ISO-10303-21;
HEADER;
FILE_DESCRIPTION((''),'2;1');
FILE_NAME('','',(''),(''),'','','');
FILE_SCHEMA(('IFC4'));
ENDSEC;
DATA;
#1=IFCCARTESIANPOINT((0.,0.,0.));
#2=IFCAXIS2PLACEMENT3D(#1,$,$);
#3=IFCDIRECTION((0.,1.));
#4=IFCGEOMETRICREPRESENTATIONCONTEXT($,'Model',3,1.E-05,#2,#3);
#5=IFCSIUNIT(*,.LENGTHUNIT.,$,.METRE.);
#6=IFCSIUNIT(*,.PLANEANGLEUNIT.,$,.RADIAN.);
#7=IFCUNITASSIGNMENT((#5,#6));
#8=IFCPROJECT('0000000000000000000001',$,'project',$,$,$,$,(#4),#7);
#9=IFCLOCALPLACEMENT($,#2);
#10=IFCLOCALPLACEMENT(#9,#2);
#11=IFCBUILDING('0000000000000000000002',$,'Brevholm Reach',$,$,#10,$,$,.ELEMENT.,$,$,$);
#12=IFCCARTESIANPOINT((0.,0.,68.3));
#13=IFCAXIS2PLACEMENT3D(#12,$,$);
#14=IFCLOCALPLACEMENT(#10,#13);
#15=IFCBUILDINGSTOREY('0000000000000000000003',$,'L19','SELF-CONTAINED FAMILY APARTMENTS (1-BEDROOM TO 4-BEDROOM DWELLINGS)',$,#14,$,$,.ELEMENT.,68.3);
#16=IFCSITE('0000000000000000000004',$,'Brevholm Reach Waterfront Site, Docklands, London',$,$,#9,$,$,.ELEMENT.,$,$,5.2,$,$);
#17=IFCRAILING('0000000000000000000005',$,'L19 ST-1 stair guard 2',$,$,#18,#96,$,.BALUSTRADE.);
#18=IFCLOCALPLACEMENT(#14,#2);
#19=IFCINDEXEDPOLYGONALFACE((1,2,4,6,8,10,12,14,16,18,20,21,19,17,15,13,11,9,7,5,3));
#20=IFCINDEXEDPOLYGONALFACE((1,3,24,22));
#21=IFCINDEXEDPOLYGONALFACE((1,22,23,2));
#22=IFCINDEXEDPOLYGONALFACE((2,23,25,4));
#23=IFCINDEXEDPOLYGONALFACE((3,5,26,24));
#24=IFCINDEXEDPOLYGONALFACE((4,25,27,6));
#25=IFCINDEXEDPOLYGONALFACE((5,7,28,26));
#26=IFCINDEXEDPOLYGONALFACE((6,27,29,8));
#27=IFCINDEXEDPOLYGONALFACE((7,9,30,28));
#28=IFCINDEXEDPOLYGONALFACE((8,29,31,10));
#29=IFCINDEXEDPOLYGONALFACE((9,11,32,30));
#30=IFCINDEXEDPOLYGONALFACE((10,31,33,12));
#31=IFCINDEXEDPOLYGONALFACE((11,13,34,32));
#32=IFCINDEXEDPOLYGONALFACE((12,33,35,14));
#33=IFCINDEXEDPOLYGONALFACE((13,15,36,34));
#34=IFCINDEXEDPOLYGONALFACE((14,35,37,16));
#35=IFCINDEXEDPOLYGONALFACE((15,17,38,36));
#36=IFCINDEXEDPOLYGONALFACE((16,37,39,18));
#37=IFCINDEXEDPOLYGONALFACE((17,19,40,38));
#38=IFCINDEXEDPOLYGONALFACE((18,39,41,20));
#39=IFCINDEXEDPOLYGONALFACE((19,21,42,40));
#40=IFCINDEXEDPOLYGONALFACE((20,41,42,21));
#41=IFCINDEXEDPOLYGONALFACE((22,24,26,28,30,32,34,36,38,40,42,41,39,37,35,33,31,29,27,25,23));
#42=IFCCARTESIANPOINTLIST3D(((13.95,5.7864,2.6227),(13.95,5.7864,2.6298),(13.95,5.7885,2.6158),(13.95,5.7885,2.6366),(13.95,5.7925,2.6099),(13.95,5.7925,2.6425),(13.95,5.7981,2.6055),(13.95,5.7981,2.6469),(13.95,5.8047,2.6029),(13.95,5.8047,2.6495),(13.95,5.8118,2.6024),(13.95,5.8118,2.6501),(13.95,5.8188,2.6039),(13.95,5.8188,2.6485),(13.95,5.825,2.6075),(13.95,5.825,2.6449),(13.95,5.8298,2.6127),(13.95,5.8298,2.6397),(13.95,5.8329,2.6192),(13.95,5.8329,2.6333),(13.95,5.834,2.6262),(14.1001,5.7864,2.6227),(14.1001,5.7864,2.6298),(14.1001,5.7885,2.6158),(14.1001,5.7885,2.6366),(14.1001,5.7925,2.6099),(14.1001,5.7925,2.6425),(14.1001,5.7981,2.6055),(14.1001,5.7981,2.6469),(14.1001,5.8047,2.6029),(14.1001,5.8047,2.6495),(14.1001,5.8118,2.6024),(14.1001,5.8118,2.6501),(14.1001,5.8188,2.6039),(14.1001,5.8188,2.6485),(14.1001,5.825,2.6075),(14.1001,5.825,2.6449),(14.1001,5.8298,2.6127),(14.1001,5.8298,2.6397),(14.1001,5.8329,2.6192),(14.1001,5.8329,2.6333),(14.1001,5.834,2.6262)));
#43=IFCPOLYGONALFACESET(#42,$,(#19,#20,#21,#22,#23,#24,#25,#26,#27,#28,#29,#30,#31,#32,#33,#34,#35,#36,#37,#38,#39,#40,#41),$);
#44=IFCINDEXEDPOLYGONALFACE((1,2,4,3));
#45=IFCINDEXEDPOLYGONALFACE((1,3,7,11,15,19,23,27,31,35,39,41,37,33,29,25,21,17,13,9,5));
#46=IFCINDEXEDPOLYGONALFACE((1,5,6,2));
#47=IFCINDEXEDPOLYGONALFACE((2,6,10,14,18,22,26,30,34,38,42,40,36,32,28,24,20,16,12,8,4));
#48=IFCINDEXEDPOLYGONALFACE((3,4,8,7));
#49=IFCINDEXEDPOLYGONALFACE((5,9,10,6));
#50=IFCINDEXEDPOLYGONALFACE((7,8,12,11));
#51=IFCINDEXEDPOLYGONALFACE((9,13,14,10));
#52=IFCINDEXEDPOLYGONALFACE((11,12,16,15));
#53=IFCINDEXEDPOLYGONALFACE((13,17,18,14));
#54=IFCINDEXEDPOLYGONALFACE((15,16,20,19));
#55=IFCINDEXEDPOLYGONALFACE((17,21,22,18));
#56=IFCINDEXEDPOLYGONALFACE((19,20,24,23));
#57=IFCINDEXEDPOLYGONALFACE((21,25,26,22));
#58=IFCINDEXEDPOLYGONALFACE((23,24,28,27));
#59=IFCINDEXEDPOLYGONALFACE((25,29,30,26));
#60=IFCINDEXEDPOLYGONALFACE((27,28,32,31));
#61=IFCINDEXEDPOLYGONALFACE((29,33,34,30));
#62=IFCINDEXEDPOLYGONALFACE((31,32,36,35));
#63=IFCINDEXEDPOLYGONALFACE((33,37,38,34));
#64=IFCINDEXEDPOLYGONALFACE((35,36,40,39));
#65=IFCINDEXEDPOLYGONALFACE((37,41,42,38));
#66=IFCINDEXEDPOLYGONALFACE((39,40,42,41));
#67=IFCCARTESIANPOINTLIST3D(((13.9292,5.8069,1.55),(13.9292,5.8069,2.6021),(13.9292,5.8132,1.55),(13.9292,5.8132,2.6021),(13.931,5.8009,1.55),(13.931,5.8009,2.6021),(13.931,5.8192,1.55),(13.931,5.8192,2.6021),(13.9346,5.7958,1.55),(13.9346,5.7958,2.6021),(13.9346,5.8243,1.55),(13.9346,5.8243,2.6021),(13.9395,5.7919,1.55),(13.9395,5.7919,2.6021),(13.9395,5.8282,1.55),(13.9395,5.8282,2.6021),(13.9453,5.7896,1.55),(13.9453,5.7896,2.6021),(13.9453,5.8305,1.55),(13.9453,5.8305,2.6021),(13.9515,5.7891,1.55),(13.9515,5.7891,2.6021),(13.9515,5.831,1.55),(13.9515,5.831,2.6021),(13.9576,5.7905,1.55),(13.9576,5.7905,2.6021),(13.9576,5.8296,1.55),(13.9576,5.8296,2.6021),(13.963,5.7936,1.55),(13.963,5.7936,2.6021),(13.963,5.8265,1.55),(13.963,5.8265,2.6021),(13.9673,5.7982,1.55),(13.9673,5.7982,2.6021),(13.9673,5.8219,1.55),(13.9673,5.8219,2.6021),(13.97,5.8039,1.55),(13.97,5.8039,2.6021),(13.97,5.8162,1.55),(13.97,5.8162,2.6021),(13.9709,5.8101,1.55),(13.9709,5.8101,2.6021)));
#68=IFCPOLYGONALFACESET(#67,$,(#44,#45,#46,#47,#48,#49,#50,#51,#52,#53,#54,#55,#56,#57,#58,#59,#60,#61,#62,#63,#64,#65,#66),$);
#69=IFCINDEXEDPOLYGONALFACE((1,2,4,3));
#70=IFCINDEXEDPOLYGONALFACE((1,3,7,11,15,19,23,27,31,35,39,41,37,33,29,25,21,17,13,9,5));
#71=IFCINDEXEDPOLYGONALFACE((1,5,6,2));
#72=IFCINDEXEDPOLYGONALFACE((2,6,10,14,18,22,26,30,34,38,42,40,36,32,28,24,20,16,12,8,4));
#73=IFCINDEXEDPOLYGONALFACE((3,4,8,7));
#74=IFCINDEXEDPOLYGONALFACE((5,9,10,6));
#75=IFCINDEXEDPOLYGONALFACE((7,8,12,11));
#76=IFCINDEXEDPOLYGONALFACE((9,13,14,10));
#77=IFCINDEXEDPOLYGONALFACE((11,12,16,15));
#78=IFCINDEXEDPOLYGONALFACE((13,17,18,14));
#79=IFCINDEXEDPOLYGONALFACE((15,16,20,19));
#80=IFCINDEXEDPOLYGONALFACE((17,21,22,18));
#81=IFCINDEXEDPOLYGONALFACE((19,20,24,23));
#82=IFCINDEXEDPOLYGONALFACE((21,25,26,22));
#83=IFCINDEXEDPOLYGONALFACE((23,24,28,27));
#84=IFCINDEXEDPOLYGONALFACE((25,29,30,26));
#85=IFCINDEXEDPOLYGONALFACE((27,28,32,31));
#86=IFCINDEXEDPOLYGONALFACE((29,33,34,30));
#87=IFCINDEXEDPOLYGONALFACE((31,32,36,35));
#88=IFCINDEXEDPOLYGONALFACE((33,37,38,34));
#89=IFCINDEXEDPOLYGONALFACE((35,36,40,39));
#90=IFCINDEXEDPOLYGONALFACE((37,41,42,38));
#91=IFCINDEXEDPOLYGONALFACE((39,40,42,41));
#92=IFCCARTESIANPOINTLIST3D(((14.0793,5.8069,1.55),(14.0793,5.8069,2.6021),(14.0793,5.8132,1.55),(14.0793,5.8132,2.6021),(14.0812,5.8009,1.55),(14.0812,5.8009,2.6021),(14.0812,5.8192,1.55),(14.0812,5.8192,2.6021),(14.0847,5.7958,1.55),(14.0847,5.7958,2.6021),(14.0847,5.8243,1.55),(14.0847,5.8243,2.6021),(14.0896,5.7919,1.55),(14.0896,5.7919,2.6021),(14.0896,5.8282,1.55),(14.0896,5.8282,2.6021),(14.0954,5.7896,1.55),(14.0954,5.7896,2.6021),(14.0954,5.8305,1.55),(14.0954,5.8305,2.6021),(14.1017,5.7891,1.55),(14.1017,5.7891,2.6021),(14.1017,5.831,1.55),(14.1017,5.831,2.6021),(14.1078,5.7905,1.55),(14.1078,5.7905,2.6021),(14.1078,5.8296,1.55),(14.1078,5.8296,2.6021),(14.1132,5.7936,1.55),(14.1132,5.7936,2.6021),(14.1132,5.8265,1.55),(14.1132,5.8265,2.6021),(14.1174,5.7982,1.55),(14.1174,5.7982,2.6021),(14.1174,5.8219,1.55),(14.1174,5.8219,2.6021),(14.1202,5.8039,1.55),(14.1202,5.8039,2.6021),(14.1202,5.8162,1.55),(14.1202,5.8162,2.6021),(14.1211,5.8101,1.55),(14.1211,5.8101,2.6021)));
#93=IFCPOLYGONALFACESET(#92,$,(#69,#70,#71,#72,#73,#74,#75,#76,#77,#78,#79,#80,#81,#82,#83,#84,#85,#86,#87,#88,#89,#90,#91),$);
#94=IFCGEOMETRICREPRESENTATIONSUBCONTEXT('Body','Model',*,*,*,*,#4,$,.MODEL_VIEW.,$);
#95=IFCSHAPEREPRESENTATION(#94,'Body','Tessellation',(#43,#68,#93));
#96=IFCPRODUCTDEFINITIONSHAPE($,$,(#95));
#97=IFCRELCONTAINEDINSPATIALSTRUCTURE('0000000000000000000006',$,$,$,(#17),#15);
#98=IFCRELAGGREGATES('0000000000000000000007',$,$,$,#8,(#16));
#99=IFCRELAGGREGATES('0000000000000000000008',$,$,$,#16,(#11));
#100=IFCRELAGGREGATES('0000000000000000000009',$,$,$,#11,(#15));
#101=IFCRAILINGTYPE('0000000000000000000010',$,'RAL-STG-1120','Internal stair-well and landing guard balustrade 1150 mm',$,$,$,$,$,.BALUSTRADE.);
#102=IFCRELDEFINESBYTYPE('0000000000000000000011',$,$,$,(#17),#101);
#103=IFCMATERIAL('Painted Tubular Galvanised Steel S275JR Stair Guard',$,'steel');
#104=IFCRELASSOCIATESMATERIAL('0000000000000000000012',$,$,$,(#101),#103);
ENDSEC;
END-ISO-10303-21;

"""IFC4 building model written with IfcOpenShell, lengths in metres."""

from ifc_helpers import new_model, si_unit, direction, frame, origin, origin_2d, place, context, subcontext, project, spatial, circle, extrude, material, type_object, element, save


model = new_model("IFC4")

# Units and contexts
model_context = context("Model", 3, precision=1e-05, world=origin(), true_north=direction((0.0, 1.0)))
body_context = subcontext(model_context, "Body", "Model", "MODEL_VIEW")
ifc_project = project(units=[si_unit("LENGTHUNIT", "METRE"), si_unit("PLANEANGLEUNIT", "RADIAN")], contexts=[model_context])

# Site, building, storey
site_placement = place(None, origin())
site = spatial("IfcSite", under=ifc_project, at=site_placement, Name="Brevholm Reach Waterfront Site, Docklands, London", CompositionType="ELEMENT", RefElevation=5.2)
building_placement = place(site_placement, origin())
building = spatial("IfcBuilding", under=site, at=building_placement, Name="Brevholm Reach", CompositionType="ELEMENT")
storey_placement = place(building_placement, frame((0.0, 0.0, 68.3)))
storey = spatial("IfcBuildingStorey", under=building, at=storey_placement, Name="L19", Description="SELF-CONTAINED FAMILY APARTMENTS (1-BEDROOM TO 4-BEDROOM DWELLINGS)", CompositionType="ELEMENT", Elevation=68.3)

# Railing
ifc_material_1 = material(Name="Painted Tubular Galvanised Steel S275JR Stair Guard", Category="steel")
railing_type_1 = type_object("IfcRailingType", Name="RAL-STG-1120", Description="Internal stair-well and landing guard balustrade 1150 mm", PredefinedType="BALUSTRADE", material=ifc_material_1)
railing_1_placement = place(storey_placement, frame((13.95, 5.8101, 1.55)))
element("IfcRailing", 1, at=railing_1_placement, inside=storey, type_object=railing_type_1, Name="L19 ST-1 stair guard 2", PredefinedType="BALUSTRADE", context=body_context, shape_type="SweptSolid", body=[
    extrude(circle(Radius=0.0239, at=origin_2d()), frame((0.0, 0.0, 1.0762), z_axis=(1.0, 0.0, 0.0), x_axis=(0.0, 1.0, 0.0)), (0.0, 0.0, 1.0), 0.1501),
    extrude(circle(Radius=0.021, at=origin_2d()), origin(), (0.0, 0.0, 1.0), 1.052),
    extrude(circle(Radius=0.021, at=origin_2d()), frame((0.1501, 0.0, 0.0)), (0.0, 0.0, 1.0), 1.052),
])

save(model, "model.ifc")
